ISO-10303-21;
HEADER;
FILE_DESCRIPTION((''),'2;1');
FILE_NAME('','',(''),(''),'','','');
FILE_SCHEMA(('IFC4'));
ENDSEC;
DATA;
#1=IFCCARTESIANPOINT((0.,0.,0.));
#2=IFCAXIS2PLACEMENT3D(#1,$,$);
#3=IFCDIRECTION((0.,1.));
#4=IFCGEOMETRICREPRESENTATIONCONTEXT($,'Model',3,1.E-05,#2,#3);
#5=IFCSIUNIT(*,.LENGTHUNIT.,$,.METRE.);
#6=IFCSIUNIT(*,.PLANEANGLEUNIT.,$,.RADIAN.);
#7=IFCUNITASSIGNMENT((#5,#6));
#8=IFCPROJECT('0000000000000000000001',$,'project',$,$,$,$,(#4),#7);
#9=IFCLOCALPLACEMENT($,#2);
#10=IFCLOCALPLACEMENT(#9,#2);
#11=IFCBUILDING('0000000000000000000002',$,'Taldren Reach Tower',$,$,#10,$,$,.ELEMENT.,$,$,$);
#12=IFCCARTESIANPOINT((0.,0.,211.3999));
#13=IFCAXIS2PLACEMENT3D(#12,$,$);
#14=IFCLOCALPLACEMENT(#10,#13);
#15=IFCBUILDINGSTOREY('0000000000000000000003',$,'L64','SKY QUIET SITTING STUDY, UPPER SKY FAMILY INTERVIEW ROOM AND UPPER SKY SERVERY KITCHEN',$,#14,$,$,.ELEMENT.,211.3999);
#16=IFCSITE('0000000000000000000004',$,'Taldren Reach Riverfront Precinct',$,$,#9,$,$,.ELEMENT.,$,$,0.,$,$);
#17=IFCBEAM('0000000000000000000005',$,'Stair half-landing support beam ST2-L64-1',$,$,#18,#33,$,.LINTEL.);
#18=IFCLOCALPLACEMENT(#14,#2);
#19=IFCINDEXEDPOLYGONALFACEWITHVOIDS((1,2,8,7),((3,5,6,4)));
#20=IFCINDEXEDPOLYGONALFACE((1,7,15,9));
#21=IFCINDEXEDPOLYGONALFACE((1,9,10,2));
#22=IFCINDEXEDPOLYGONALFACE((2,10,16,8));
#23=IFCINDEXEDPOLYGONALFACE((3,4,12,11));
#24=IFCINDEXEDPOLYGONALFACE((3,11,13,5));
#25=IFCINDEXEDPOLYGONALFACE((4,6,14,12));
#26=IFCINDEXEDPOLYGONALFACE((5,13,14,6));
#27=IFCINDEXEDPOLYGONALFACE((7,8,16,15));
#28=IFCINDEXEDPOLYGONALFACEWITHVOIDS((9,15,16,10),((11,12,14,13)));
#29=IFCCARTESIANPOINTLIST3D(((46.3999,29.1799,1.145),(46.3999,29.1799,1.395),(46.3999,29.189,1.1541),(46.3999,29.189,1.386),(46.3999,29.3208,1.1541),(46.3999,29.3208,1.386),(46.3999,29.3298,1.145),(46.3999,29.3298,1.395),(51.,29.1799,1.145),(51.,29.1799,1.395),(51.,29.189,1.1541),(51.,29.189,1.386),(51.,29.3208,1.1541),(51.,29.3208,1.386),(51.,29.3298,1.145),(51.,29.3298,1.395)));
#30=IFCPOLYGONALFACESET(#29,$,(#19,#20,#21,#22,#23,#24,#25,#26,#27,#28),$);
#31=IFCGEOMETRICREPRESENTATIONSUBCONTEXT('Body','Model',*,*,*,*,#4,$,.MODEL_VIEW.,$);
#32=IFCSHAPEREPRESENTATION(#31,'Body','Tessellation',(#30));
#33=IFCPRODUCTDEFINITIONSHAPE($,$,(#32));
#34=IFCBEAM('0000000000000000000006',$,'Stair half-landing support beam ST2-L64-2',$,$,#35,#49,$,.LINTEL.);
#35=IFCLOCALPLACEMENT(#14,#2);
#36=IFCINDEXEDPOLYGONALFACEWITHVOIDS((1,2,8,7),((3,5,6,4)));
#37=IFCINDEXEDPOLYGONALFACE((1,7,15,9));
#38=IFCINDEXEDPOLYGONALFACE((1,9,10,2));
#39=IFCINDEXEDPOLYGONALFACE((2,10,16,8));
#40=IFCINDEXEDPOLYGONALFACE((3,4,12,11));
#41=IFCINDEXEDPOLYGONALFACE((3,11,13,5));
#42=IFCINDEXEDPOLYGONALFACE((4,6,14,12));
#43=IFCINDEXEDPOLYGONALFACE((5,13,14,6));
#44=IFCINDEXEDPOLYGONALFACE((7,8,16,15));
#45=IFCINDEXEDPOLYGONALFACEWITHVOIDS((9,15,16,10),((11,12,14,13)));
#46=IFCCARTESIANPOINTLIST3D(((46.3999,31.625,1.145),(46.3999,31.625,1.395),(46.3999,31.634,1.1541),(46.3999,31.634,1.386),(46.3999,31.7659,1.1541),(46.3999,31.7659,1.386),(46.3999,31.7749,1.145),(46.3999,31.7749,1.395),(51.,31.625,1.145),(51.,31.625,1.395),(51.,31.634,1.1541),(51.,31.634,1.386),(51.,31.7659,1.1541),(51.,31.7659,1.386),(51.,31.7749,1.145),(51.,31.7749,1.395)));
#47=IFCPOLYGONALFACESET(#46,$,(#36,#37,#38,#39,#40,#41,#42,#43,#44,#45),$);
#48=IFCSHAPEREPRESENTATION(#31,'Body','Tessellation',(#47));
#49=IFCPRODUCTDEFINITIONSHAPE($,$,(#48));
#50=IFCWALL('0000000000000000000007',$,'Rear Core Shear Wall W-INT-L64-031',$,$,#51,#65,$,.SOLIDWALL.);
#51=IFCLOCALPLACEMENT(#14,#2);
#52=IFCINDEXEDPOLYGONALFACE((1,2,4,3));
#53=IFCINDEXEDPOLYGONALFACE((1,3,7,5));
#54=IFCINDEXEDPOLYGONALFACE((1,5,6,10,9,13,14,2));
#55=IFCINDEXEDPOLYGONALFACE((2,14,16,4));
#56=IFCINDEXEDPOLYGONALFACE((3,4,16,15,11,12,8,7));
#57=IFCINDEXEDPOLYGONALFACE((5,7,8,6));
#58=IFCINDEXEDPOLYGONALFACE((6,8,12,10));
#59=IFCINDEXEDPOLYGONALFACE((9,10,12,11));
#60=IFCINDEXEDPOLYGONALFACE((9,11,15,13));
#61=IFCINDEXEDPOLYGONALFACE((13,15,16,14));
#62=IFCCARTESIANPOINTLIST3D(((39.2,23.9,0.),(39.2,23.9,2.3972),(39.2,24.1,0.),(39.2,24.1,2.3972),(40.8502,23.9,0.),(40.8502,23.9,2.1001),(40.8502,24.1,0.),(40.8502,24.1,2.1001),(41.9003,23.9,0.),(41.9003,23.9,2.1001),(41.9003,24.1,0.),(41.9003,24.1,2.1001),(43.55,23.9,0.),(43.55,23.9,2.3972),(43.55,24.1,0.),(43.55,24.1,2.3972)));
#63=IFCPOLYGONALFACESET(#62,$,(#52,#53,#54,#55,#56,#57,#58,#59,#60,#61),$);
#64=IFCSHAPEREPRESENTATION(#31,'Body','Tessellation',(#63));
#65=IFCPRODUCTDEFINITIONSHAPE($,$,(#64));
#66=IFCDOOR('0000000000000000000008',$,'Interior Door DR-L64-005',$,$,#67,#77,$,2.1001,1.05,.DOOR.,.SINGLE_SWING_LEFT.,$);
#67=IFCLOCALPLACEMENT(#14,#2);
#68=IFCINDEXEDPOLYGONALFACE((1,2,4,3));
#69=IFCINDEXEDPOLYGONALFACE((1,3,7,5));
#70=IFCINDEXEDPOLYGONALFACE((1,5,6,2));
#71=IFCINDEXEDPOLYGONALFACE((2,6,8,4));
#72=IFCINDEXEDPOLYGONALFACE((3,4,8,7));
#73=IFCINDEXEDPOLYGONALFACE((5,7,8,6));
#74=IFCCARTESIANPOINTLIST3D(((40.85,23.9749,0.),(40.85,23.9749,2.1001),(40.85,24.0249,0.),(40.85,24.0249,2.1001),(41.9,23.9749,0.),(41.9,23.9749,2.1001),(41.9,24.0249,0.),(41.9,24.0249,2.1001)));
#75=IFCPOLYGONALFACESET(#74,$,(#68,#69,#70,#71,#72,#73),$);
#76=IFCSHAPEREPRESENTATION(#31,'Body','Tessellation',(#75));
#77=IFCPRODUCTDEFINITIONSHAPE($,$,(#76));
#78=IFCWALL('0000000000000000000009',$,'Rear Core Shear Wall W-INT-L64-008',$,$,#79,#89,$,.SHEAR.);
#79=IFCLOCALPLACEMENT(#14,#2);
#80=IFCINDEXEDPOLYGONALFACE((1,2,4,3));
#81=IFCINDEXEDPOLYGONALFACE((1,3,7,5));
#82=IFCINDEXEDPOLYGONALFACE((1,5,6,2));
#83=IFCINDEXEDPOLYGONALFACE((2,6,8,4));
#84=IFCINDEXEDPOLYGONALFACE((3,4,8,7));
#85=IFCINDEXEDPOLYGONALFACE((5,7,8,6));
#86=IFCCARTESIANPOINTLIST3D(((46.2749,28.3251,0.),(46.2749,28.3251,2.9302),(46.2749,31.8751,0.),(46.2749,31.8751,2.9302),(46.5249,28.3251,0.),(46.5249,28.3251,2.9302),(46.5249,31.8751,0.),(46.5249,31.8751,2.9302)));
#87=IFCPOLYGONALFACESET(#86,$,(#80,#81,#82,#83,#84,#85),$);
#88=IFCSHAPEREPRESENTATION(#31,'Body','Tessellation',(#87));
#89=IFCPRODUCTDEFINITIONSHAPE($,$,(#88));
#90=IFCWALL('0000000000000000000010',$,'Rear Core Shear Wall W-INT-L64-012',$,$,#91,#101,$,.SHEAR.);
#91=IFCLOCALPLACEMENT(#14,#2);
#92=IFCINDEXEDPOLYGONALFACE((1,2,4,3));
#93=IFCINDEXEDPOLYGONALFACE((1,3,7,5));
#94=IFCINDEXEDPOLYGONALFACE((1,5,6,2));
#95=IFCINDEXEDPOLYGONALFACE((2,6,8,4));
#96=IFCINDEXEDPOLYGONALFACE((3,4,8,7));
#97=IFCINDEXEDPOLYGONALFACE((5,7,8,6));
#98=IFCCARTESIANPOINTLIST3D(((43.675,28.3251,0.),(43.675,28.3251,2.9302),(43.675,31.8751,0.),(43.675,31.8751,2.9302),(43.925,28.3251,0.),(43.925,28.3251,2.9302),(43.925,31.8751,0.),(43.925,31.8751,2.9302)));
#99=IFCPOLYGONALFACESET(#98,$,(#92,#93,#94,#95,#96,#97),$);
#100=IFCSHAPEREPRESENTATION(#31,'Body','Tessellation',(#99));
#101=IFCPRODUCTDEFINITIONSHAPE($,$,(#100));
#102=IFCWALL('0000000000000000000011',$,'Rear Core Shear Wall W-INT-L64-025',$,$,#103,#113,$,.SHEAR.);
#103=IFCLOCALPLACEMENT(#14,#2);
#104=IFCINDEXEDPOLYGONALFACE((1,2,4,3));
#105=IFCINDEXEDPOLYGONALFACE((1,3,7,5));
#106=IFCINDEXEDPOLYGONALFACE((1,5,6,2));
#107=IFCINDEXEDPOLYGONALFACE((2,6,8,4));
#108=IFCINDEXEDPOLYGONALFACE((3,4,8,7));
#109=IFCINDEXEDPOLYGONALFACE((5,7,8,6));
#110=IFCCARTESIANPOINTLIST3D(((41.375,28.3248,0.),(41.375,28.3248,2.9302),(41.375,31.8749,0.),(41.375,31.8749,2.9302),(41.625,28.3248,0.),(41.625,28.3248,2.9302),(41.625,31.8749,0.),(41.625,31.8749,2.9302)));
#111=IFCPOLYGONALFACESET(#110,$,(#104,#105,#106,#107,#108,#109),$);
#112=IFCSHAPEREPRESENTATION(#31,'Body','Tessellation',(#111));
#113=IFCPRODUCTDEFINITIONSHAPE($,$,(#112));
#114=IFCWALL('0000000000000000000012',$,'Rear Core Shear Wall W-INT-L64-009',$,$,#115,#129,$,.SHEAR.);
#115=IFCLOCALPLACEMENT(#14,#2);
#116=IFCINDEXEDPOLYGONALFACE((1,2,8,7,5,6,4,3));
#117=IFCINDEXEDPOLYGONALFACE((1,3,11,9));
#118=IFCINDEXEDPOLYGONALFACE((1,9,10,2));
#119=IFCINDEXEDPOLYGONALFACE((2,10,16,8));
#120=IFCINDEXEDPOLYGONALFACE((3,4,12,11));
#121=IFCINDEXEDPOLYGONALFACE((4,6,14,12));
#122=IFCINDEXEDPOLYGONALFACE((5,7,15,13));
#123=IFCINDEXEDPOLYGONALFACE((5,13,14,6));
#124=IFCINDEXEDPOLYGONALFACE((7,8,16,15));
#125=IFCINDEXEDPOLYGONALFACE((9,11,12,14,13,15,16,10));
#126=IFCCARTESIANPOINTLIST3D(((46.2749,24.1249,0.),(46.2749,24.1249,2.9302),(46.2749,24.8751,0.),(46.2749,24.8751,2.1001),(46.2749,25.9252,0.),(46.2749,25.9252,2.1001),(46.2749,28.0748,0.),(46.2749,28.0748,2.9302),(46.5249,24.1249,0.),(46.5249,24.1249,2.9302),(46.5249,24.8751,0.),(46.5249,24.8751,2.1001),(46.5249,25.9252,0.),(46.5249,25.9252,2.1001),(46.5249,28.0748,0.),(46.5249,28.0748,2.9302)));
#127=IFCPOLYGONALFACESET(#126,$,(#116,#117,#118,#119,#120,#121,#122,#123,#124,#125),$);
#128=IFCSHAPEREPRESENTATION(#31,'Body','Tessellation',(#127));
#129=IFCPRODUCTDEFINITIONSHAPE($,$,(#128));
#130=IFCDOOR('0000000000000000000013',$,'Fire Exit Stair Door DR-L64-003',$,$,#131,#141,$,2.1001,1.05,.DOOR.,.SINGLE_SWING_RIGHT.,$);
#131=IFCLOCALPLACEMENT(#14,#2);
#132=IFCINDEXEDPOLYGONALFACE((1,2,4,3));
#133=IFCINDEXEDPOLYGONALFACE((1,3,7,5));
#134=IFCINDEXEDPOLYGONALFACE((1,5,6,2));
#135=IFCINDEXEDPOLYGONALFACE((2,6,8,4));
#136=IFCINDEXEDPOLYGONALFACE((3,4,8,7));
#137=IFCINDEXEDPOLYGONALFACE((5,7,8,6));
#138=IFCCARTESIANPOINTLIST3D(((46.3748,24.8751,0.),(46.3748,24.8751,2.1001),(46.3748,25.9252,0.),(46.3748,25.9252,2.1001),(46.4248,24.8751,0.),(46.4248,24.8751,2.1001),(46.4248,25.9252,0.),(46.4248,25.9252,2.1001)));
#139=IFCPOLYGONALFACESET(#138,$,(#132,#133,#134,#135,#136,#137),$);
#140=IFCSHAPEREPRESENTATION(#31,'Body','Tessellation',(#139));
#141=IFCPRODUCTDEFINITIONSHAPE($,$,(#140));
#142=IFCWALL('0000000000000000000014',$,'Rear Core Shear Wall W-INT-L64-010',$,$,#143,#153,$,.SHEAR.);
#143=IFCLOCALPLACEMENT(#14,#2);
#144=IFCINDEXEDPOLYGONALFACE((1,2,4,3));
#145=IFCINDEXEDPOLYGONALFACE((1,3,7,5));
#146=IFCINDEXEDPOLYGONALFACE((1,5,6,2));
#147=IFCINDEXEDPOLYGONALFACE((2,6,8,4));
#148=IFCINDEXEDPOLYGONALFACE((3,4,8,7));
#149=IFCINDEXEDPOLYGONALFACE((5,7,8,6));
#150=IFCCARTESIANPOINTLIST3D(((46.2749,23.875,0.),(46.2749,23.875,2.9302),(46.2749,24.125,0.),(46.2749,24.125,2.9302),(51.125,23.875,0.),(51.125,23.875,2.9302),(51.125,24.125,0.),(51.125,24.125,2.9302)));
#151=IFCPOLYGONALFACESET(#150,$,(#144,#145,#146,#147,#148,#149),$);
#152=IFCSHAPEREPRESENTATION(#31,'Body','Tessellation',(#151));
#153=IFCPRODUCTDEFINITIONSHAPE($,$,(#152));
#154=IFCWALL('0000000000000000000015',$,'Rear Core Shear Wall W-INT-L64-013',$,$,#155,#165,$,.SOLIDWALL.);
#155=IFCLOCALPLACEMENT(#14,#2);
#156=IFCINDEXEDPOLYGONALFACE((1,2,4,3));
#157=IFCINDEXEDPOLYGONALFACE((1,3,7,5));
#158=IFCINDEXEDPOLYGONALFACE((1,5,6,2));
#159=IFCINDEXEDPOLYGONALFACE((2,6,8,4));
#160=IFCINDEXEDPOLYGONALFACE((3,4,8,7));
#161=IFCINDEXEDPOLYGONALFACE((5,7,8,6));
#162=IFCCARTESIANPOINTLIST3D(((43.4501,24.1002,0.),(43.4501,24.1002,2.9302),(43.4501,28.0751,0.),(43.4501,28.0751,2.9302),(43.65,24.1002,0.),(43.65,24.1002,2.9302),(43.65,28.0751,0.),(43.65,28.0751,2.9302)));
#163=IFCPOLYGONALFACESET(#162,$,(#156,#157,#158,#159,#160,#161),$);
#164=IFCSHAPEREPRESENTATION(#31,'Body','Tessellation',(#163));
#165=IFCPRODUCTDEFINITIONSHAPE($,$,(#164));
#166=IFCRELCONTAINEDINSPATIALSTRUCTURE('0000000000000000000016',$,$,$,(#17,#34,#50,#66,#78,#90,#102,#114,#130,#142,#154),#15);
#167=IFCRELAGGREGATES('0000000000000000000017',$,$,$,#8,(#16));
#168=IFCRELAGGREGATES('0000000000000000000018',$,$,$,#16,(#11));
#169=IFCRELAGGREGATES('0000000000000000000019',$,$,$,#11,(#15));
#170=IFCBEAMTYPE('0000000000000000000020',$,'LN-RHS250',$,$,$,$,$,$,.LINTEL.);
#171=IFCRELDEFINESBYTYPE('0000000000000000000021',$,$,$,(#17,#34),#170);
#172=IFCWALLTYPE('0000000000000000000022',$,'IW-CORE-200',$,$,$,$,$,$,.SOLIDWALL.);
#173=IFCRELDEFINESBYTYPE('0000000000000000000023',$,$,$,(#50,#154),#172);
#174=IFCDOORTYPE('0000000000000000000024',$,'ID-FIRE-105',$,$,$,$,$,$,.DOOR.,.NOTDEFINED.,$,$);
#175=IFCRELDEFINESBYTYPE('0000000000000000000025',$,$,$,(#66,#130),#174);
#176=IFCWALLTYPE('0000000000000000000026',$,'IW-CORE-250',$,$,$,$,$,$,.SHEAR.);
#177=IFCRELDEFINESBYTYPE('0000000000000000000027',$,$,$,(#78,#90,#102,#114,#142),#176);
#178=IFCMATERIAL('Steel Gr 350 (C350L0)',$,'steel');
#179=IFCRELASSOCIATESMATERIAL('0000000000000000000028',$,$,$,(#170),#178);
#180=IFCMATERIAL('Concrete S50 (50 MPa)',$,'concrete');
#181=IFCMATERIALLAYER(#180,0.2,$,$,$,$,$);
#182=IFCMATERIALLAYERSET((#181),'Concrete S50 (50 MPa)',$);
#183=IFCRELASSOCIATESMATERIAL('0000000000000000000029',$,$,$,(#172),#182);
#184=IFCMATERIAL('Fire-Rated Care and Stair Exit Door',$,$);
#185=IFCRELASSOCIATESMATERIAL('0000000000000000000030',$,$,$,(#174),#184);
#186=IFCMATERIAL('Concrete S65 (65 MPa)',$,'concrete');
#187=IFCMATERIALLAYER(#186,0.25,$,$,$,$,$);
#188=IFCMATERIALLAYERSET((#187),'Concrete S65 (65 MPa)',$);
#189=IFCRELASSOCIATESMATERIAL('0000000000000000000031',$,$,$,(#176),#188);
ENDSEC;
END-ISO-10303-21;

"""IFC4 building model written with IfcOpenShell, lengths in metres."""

from ifc_helpers import new_model, si_unit, direction, frame, frame_2d, origin, origin_2d, place, context, subcontext, project, spatial, rectangle, hollow_rectangle, extrude, source, transform, mapped, material, layer, layer_set, material_profile, profile_set, type_object, element, fill, save


model = new_model("IFC4")

# Units and contexts
model_context = context("Model", 3, precision=1e-05, world=origin(), true_north=direction((0.0, 1.0)))
body_context = subcontext(model_context, "Body", "Model", "MODEL_VIEW")
ifc_project = project(units=[si_unit("LENGTHUNIT", "METRE"), si_unit("PLANEANGLEUNIT", "RADIAN")], contexts=[model_context])

# Site, building, storey
site_placement = place(None, origin())
site = spatial("IfcSite", under=ifc_project, at=site_placement, Name="Taldren Reach Riverfront Precinct", CompositionType="ELEMENT", RefElevation=0.0)
building_placement = place(site_placement, origin())
building = spatial("IfcBuilding", under=site, at=building_placement, Name="Taldren Reach Tower", CompositionType="ELEMENT")
storey_placement = place(building_placement, frame((0.0, 0.0, 211.3999)))
storey = spatial("IfcBuildingStorey", under=building, at=storey_placement, Name="L64", Description="SKY QUIET SITTING STUDY, UPPER SKY FAMILY INTERVIEW ROOM AND UPPER SKY SERVERY KITCHEN", CompositionType="ELEMENT", Elevation=211.3999)

# Beams
ifc_material_1 = material(Name="Steel Gr 350 (C350L0)", Category="steel")
ifc_material_profile = material_profile(ifc_material_1, hollow_rectangle(XDim=0.1499, YDim=0.25, WallThickness=0.009, at=origin_2d()), Name="250x150x9.0RHS")
ifc_profile_set = profile_set([ifc_material_profile], Name="Steel Gr 350 (C350L0)")
beam_type = type_object("IfcBeamType", Name="LN-RHS250", PredefinedType="LINTEL", material=ifc_profile_set)
shared_shape_1 = source(origin(), body_context, "Body", "SweptSolid", [
    extrude(hollow_rectangle(XDim=0.1499, YDim=0.25, WallThickness=0.009, at=origin_2d()), origin(), (0.0, 0.0, 1.0), 4.6001),
])
for number, where, z_axis, x_axis, name in (
    (1, (46.3999, 29.2549, 1.27), (1.0, 0.0, 0.0), (0.0, 1.0, 0.0), "Stair half-landing support beam ST2-L64-1"),
    (2, (46.3999, 31.7, 1.27), (1.0, 0.0, 0.0), (0.0, 1.0, 0.0), "Stair half-landing support beam ST2-L64-2"),
):
    element("IfcBeam", number, at=place(storey_placement, frame(where, z_axis=z_axis, x_axis=x_axis)), inside=storey, type_object=beam_type, Name=name, PredefinedType="LINTEL", context=body_context, shape_type="MappedRepresentation", body=[
        mapped(shared_shape_1, transform((0.0, 0.0, 0.0), scale=1.0)),
    ])

# Wall, opening, door
ifc_material_2 = material(Name="Concrete S50 (50 MPa)", Category="concrete")
ifc_layer_1 = layer(ifc_material_2, 0.2)
ifc_layer_set_1 = layer_set([ifc_layer_1], Name="Concrete S50 (50 MPa)")
wall_type_1 = type_object("IfcWallType", Name="IW-CORE-200", PredefinedType="SOLIDWALL", material=ifc_layer_set_1)
shared_shape_2 = source(origin(), body_context, "Body", "SweptSolid", [
    extrude(rectangle(XDim=4.3501, YDim=0.2, at=frame_2d((2.175, 0.0))), origin(), (0.0, 0.0, 1.0), 2.3972),
])
wall_1_placement = place(storey_placement, frame((43.55, 24.0, 0.0), z_axis=(0.0, 0.0, 1.0), x_axis=(-1.0, 0.0, 0.0)))
wall_1 = element("IfcWall", 3, at=wall_1_placement, inside=storey, type_object=wall_type_1, Name="Rear Core Shear Wall W-INT-L64-031", PredefinedType="SOLIDWALL", context=body_context, shape_type="MappedRepresentation", body=[
    mapped(shared_shape_2, transform((0.0, 0.0, 0.0), scale=1.0)),
])
shared_shape_3 = source(origin(), body_context, "Body", "SweptSolid", [
    extrude(rectangle(XDim=1.05, YDim=2.1001, at=frame_2d((0.5249, 1.05))), frame((0.0, 0.1099, 0.0), z_axis=(0.0, -1.0, 0.0), x_axis=(1.0, 0.0, 0.0)), (0.0, 0.0, 1.0), 0.22),
])
opening_1_placement = place(wall_1_placement, frame((1.6499, 0.0, 0.0)))
opening_1 = element("IfcOpeningElement", 4, at=opening_1_placement, cuts=wall_1, PredefinedType="OPENING", context=body_context, shape_type="MappedRepresentation", body=[
    mapped(shared_shape_3, transform((0.0, 0.0, 0.0), scale=1.0)),
])
ifc_material_3 = material(Name="Fire-Rated Care and Stair Exit Door")
door_type_1 = type_object("IfcDoorType", Name="ID-FIRE-105", OperationType="NOTDEFINED", PredefinedType="DOOR", material=ifc_material_3)
shared_shape_4 = source(origin(), body_context, "Body", "SweptSolid", [
    extrude(rectangle(XDim=1.05, YDim=2.1001, at=frame_2d((0.5249, 1.05))), frame((0.0, 0.0249, 0.0), z_axis=(0.0, -1.0, 0.0), x_axis=(1.0, 0.0, 0.0)), (0.0, 0.0, 1.0), 0.05),
])
door_1_placement = place(opening_1_placement, frame((1.05, 0.0, 0.0), z_axis=(0.0, 0.0, 1.0), x_axis=(-1.0, 0.0, 0.0)))
door_1 = element("IfcDoor", 5, at=door_1_placement, inside=storey, type_object=door_type_1, Name="Interior Door DR-L64-005", OperationType="SINGLE_SWING_LEFT", OverallHeight=2.1001, OverallWidth=1.05, PredefinedType="DOOR", context=body_context, shape_type="MappedRepresentation", body=[
    mapped(shared_shape_4, transform((0.0, 0.0, 0.0), scale=1.0)),
])
fill(opening_1, door_1)

# Walls
ifc_material_4 = material(Name="Concrete S65 (65 MPa)", Category="concrete")
ifc_layer_2 = layer(ifc_material_4, 0.25)
ifc_layer_set_2 = layer_set([ifc_layer_2], Name="Concrete S65 (65 MPa)")
wall_type_2 = type_object("IfcWallType", Name="IW-CORE-250", PredefinedType="SHEAR", material=ifc_layer_set_2)
shared_shape_5 = source(origin(), body_context, "Body", "SweptSolid", [
    extrude(rectangle(XDim=3.55, YDim=0.25, at=frame_2d((1.7749, 0.0))), origin(), (0.0, 0.0, 1.0), 2.9302),
])
for number, where, z_axis, x_axis, name in (
    (6, (46.3999, 31.875, 0.0), (0.0, 0.0, 1.0), (0.0, -1.0, 0.0), "Rear Core Shear Wall W-INT-L64-008"),
    (7, (43.8, 31.875, 0.0), (0.0, 0.0, 1.0), (0.0, -1.0, 0.0), "Rear Core Shear Wall W-INT-L64-012"),
    (8, (41.5, 28.325, 0.0), (0.0, 0.0, 1.0), (0.0, 1.0, 0.0), "Rear Core Shear Wall W-INT-L64-025"),
):
    element("IfcWall", number, at=place(storey_placement, frame(where, z_axis=z_axis, x_axis=x_axis)), inside=storey, type_object=wall_type_2, Name=name, PredefinedType="SHEAR", context=body_context, shape_type="MappedRepresentation", body=[
        mapped(shared_shape_5, transform((0.0, 0.0, 0.0), scale=1.0)),
    ])

# Wall, opening, door
shared_shape_6 = source(origin(), body_context, "Body", "SweptSolid", [
    extrude(rectangle(XDim=3.95, YDim=0.25, at=frame_2d((1.9751, 0.0))), origin(), (0.0, 0.0, 1.0), 2.9302),
])
wall_2_placement = place(storey_placement, frame((46.3999, 28.075, 0.0), z_axis=(0.0, 0.0, 1.0), x_axis=(0.0, -1.0, 0.0)))
wall_2 = element("IfcWall", 9, at=wall_2_placement, inside=storey, type_object=wall_type_2, Name="Rear Core Shear Wall W-INT-L64-009", PredefinedType="SHEAR", context=body_context, shape_type="MappedRepresentation", body=[
    mapped(shared_shape_6, transform((0.0, 0.0, 0.0), scale=1.0)),
])
shared_shape_7 = source(origin(), body_context, "Body", "SweptSolid", [
    extrude(rectangle(XDim=1.05, YDim=2.1001, at=frame_2d((0.5249, 1.05))), frame((0.0, 0.135, 0.0), z_axis=(0.0, -1.0, 0.0), x_axis=(1.0, 0.0, 0.0)), (0.0, 0.0, 1.0), 0.27),
])
opening_2_placement = place(wall_2_placement, frame((2.1499, 0.0, 0.0)))
opening_2 = element("IfcOpeningElement", 10, at=opening_2_placement, cuts=wall_2, PredefinedType="OPENING", context=body_context, shape_type="MappedRepresentation", body=[
    mapped(shared_shape_7, transform((0.0, 0.0, 0.0), scale=1.0)),
])
door_2_placement = place(opening_2_placement, origin())
door_2 = element("IfcDoor", 11, at=door_2_placement, inside=storey, type_object=door_type_1, Name="Fire Exit Stair Door DR-L64-003", OperationType="SINGLE_SWING_RIGHT", OverallHeight=2.1001, OverallWidth=1.05, PredefinedType="DOOR", context=body_context, shape_type="MappedRepresentation", body=[
    mapped(shared_shape_4, transform((0.0, 0.0, 0.0), scale=1.0)),
])
fill(opening_2, door_2)

# Wall
shared_shape_8 = source(origin(), body_context, "Body", "SweptSolid", [
    extrude(rectangle(XDim=4.8501, YDim=0.25, at=frame_2d((2.425, 0.0))), origin(), (0.0, 0.0, 1.0), 2.9302),
])
wall_3_placement = place(storey_placement, frame((46.2749, 24.0, 0.0), z_axis=(0.0, 0.0, 1.0), x_axis=(1.0, 0.0, 0.0)))
element("IfcWall", 12, at=wall_3_placement, inside=storey, type_object=wall_type_2, Name="Rear Core Shear Wall W-INT-L64-010", PredefinedType="SHEAR", context=body_context, shape_type="MappedRepresentation", body=[
    mapped(shared_shape_8, transform((0.0, 0.0, 0.0), scale=1.0)),
])

# Wall
shared_shape_9 = source(origin(), body_context, "Body", "SweptSolid", [
    extrude(rectangle(XDim=3.9749, YDim=0.2, at=frame_2d((1.9873, 0.0))), origin(), (0.0, 0.0, 1.0), 2.9302),
])
wall_4_placement = place(storey_placement, frame((43.55, 28.075, 0.0), z_axis=(0.0, 0.0, 1.0), x_axis=(0.0, -1.0, 0.0)))
element("IfcWall", 13, at=wall_4_placement, inside=storey, type_object=wall_type_1, Name="Rear Core Shear Wall W-INT-L64-013", PredefinedType="SOLIDWALL", context=body_context, shape_type="MappedRepresentation", body=[
    mapped(shared_shape_9, transform((0.0, 0.0, 0.0), scale=1.0)),
])

save(model, "model.ifc")
